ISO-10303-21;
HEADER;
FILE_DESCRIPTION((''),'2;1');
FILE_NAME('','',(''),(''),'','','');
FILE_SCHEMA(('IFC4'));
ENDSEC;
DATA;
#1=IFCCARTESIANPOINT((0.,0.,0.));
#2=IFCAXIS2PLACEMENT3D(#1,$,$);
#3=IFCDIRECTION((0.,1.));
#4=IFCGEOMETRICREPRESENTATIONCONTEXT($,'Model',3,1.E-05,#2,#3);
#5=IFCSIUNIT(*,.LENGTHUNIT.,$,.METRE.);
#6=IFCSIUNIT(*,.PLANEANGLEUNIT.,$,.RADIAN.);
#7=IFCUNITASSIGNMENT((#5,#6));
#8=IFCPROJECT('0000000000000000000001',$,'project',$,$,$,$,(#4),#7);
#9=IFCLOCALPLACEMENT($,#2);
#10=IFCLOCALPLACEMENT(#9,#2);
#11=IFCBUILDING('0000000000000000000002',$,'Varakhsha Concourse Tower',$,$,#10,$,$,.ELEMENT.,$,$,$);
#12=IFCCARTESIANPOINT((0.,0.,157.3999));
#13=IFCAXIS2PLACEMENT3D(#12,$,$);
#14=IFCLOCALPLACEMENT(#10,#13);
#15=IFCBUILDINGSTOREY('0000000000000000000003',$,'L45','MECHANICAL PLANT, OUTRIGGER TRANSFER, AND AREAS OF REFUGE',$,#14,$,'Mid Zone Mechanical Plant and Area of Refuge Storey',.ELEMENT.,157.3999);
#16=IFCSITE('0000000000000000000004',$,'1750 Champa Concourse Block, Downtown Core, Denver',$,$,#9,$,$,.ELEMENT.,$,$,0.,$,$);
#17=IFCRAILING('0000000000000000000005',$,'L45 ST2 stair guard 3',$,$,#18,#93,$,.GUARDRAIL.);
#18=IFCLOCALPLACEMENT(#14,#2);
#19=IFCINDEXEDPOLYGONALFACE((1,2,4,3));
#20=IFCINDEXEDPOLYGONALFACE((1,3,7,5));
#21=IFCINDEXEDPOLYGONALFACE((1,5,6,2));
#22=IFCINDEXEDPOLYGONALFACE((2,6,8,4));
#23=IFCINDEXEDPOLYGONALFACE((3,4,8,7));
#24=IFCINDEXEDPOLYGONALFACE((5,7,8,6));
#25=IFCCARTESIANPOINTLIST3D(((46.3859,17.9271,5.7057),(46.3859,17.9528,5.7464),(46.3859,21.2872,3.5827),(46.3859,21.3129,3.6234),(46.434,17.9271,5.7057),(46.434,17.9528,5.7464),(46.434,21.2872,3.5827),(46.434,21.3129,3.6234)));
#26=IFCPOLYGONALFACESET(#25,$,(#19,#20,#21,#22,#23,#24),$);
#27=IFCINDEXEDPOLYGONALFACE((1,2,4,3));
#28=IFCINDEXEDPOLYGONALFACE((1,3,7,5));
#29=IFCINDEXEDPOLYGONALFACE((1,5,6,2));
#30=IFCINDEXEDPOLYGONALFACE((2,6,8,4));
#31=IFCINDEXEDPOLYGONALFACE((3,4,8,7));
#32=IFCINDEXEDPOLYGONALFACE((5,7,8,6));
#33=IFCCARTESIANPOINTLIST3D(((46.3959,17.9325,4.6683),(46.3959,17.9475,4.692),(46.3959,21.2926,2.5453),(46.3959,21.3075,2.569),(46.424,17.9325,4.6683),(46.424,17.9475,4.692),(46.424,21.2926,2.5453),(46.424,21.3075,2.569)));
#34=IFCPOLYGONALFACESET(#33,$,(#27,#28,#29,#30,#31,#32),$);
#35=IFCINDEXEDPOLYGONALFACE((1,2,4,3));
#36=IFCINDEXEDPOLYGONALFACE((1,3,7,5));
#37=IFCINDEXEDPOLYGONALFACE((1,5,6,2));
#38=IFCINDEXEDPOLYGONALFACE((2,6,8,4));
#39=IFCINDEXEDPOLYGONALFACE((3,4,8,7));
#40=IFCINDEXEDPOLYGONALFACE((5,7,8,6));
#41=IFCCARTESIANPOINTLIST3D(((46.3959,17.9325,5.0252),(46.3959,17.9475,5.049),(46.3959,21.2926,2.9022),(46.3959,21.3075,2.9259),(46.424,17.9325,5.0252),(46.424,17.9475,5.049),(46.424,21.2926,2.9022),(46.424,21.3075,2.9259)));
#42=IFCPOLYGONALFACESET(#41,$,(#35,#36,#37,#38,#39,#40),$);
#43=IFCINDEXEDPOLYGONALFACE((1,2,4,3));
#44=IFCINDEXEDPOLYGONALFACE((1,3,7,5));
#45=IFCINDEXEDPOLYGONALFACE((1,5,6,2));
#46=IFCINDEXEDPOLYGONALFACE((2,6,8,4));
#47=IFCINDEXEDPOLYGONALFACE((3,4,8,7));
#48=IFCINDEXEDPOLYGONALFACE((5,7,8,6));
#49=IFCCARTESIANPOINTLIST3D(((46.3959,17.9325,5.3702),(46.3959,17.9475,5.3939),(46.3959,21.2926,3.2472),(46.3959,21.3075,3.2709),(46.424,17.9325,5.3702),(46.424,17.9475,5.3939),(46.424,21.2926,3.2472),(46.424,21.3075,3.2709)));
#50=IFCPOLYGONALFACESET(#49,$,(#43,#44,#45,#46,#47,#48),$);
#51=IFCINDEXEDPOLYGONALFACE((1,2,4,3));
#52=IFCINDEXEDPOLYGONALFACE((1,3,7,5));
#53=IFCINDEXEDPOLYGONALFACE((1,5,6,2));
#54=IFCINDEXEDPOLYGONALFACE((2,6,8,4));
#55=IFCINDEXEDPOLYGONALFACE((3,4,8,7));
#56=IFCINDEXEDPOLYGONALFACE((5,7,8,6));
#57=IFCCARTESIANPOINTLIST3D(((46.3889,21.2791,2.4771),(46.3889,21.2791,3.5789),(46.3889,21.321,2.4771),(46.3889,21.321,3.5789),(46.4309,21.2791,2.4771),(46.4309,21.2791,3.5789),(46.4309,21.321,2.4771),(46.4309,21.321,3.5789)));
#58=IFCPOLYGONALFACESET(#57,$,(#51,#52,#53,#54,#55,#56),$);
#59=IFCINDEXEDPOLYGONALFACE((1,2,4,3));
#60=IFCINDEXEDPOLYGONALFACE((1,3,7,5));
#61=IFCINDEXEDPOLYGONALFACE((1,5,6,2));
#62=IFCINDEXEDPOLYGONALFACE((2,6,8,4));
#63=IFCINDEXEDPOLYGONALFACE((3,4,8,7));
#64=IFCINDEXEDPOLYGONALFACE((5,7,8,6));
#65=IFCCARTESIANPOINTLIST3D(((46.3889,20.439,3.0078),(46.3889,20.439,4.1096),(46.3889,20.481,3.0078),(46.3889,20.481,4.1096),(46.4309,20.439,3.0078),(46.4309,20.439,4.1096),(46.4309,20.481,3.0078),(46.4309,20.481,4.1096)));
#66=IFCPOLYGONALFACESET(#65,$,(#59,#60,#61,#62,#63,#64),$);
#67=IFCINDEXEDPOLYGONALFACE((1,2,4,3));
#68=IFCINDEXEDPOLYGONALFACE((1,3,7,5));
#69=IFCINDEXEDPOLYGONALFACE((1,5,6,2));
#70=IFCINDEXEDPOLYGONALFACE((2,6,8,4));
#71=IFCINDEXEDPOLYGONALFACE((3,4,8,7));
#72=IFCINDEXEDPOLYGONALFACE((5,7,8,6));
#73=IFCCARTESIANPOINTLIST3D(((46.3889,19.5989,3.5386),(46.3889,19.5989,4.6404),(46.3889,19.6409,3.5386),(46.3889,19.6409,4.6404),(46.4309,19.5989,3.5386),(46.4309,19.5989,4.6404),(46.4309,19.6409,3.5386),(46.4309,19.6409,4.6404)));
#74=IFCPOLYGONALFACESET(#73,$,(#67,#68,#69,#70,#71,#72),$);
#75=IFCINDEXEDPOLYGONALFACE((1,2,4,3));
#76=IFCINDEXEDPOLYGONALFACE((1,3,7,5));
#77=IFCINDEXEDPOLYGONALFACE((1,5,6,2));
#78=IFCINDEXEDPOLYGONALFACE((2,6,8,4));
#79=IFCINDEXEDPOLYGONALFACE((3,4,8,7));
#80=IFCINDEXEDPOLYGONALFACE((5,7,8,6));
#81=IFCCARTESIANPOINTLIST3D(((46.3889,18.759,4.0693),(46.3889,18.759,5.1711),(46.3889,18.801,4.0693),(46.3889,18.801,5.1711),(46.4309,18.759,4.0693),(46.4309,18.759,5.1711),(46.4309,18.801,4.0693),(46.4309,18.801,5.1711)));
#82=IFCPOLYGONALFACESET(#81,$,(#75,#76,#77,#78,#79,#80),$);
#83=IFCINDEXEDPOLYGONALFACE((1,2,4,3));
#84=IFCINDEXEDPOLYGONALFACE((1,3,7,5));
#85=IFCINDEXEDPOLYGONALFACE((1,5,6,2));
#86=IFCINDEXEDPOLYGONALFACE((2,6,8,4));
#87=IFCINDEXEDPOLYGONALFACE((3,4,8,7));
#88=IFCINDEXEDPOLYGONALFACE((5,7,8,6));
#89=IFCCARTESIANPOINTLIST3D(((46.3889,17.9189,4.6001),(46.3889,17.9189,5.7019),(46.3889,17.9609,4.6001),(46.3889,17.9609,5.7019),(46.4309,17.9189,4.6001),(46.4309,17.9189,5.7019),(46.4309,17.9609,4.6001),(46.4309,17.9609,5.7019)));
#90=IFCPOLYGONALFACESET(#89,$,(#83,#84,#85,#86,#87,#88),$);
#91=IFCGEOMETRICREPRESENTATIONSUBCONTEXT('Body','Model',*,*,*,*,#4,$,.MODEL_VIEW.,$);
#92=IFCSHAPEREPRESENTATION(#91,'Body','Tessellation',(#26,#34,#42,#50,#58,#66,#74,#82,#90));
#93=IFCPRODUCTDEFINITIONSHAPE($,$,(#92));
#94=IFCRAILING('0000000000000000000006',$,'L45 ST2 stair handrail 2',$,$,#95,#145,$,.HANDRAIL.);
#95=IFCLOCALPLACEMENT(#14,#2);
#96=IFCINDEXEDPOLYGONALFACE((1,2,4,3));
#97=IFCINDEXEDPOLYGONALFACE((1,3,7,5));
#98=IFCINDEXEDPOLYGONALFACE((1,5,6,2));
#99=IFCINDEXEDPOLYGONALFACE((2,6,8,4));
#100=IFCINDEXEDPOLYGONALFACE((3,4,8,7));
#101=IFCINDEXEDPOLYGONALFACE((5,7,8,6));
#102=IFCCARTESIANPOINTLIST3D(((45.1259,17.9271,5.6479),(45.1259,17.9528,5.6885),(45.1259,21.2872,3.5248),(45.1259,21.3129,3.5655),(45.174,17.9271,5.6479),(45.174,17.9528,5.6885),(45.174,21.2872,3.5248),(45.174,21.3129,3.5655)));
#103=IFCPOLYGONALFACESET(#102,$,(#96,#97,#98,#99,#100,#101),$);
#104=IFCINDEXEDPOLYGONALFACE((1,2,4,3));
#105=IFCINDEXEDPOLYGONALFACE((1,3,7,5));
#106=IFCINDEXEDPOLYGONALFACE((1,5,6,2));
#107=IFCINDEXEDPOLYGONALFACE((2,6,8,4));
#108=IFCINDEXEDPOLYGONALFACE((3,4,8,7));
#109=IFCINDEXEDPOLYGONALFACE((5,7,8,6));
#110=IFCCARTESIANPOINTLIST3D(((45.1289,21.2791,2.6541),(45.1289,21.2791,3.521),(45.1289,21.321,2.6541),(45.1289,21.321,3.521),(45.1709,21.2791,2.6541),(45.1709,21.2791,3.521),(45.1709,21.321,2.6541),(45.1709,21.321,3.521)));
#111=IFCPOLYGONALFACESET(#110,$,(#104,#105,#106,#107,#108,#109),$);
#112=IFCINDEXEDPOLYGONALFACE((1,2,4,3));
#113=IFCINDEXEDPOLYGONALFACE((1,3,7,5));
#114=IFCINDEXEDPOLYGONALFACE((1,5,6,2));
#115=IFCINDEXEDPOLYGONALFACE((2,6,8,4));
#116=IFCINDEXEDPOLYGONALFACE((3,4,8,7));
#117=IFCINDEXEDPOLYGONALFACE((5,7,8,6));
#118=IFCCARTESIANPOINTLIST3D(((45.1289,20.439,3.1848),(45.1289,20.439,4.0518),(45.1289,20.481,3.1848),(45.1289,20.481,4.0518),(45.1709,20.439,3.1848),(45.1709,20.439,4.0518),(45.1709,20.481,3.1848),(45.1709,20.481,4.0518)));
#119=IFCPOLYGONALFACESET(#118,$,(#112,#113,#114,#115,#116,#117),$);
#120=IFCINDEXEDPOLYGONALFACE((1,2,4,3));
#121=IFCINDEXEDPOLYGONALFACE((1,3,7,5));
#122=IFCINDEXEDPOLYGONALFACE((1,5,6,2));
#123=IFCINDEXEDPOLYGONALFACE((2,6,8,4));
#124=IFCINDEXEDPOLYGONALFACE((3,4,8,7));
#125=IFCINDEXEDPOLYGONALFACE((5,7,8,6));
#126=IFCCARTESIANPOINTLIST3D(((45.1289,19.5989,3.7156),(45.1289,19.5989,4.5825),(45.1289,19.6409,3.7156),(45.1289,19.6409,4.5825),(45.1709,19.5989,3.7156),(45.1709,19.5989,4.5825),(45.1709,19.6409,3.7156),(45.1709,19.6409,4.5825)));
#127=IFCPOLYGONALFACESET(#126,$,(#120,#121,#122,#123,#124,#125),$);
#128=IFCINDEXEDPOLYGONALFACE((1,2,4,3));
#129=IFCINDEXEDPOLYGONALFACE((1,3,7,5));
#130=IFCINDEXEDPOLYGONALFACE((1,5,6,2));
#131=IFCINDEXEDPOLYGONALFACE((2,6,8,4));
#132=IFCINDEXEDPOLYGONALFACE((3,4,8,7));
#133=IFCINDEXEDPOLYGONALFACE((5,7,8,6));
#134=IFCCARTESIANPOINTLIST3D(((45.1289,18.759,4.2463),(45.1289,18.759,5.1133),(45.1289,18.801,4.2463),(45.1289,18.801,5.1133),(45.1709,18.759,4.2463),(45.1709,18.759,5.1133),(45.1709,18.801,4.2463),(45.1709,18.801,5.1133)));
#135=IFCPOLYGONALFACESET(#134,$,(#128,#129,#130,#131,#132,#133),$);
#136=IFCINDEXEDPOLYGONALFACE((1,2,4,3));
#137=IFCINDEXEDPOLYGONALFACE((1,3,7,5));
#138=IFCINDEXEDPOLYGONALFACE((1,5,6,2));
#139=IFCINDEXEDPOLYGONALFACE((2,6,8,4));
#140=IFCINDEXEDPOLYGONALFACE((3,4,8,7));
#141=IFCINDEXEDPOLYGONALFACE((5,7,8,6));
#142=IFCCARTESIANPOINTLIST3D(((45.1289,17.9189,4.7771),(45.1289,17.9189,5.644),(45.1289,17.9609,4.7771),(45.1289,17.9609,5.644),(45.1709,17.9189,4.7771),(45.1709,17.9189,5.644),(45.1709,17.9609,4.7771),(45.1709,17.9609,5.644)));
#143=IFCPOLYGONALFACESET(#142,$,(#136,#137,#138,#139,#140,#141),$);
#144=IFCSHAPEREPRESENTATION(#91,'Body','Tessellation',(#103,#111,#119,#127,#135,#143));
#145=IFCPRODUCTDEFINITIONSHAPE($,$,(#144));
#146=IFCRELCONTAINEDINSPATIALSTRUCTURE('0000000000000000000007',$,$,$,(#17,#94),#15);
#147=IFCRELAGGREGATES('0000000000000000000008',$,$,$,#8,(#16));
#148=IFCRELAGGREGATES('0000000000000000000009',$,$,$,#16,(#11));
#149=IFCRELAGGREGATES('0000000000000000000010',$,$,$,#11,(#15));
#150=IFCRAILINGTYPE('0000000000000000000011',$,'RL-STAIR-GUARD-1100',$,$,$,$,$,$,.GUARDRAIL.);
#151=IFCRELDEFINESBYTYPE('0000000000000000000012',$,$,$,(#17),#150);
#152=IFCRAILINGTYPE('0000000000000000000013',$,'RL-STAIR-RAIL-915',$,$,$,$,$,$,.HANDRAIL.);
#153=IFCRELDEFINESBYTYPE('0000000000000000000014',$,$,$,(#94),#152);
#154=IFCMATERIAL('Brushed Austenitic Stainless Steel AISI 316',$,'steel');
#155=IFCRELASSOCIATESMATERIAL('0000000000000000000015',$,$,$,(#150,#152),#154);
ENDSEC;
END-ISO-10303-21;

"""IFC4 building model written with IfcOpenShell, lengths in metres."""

from ifc_helpers import new_model, si_unit, direction, frame, origin, origin_2d, place, context, subcontext, project, spatial, rectangle, extrude, material, type_object, element, save


model = new_model("IFC4")

# Units and contexts
model_context = context("Model", 3, precision=1e-05, world=origin(), true_north=direction((0.0, 1.0)))
body_context = subcontext(model_context, "Body", "Model", "MODEL_VIEW")
ifc_project = project(units=[si_unit("LENGTHUNIT", "METRE"), si_unit("PLANEANGLEUNIT", "RADIAN")], contexts=[model_context])

# Site, building, storey
site_placement = place(None, origin())
site = spatial("IfcSite", under=ifc_project, at=site_placement, Name="1750 Champa Concourse Block, Downtown Core, Denver", CompositionType="ELEMENT", RefElevation=0.0)
building_placement = place(site_placement, origin())
building = spatial("IfcBuilding", under=site, at=building_placement, Name="Varakhsha Concourse Tower", CompositionType="ELEMENT")
storey_placement = place(building_placement, frame((0.0, 0.0, 157.3999)))
storey = spatial("IfcBuildingStorey", under=building, at=storey_placement, Name="L45", Description="MECHANICAL PLANT, OUTRIGGER TRANSFER, AND AREAS OF REFUGE", LongName="Mid Zone Mechanical Plant and Area of Refuge Storey", CompositionType="ELEMENT", Elevation=157.3999)

# Railings
ifc_material_1 = material(Name="Brushed Austenitic Stainless Steel AISI 316", Category="steel")
railing_type_1 = type_object("IfcRailingType", Name="RL-STAIR-GUARD-1100", PredefinedType="GUARDRAIL", material=ifc_material_1)
railing_1_placement = place(storey_placement, frame((46.4099, 21.3, 2.4771)))
element("IfcRailing", 1, at=railing_1_placement, inside=storey, type_object=railing_type_1, Name="L45 ST2 stair guard 3", PredefinedType="GUARDRAIL", context=body_context, shape_type="SweptSolid", body=[
    extrude(rectangle(XDim=0.0481, YDim=0.0481, at=origin_2d()), frame((0.0, 0.0, 1.126), z_axis=(0.0, -0.84539, 0.53415), x_axis=(1.0, 0.0, 0.0)), (0.0, 0.0, 1.0), 3.9746),
    extrude(rectangle(XDim=0.0281, YDim=0.0281, at=origin_2d()), frame((0.0, 0.0, 0.0801), z_axis=(0.0, -0.84539, 0.53415), x_axis=(1.0, 0.0, 0.0)), (0.0, 0.0, 1.0), 3.9746),
    extrude(rectangle(XDim=0.0281, YDim=0.0281, at=origin_2d()), frame((0.0, 0.0, 0.437), z_axis=(0.0, -0.84539, 0.53415), x_axis=(1.0, 0.0, 0.0)), (0.0, 0.0, 1.0), 3.9746),
    extrude(rectangle(XDim=0.0281, YDim=0.0281, at=origin_2d()), frame((0.0, 0.0, 0.782), z_axis=(0.0, -0.84539, 0.53415), x_axis=(1.0, 0.0, 0.0)), (0.0, 0.0, 1.0), 3.9746),
    extrude(rectangle(XDim=0.042, YDim=0.042, at=origin_2d()), origin(), (0.0, 0.0, 1.0), 1.1018),
    extrude(rectangle(XDim=0.042, YDim=0.042, at=origin_2d()), frame((0.0, -0.8401, 0.5308)), (0.0, 0.0, 1.0), 1.1018),
    extrude(rectangle(XDim=0.042, YDim=0.042, at=origin_2d()), frame((0.0, -1.6802, 1.0615)), (0.0, 0.0, 1.0), 1.1018),
    extrude(rectangle(XDim=0.042, YDim=0.042, at=origin_2d()), frame((0.0, -2.52, 1.5923)), (0.0, 0.0, 1.0), 1.1018),
    extrude(rectangle(XDim=0.042, YDim=0.042, at=origin_2d()), frame((0.0, -3.3601, 2.123)), (0.0, 0.0, 1.0), 1.1018),
])
railing_type_2 = type_object("IfcRailingType", Name="RL-STAIR-RAIL-915", PredefinedType="HANDRAIL", material=ifc_material_1)
railing_2_placement = place(storey_placement, frame((45.1499, 21.3, 2.6541)))
element("IfcRailing", 2, at=railing_2_placement, inside=storey, type_object=railing_type_2, Name="L45 ST2 stair handrail 2", PredefinedType="HANDRAIL", context=body_context, shape_type="SweptSolid", body=[
    extrude(rectangle(XDim=0.0481, YDim=0.0481, at=origin_2d()), frame((0.0, 0.0, 0.8911), z_axis=(0.0, -0.84539, 0.53415), x_axis=(1.0, 0.0, 0.0)), (0.0, 0.0, 1.0), 3.9746),
    extrude(rectangle(XDim=0.042, YDim=0.042, at=origin_2d()), origin(), (0.0, 0.0, 1.0), 0.8669),
    extrude(rectangle(XDim=0.042, YDim=0.042, at=origin_2d()), frame((0.0, -0.8401, 0.5308)), (0.0, 0.0, 1.0), 0.8669),
    extrude(rectangle(XDim=0.042, YDim=0.042, at=origin_2d()), frame((0.0, -1.6802, 1.0615)), (0.0, 0.0, 1.0), 0.8669),
    extrude(rectangle(XDim=0.042, YDim=0.042, at=origin_2d()), frame((0.0, -2.52, 1.5923)), (0.0, 0.0, 1.0), 0.8669),
    extrude(rectangle(XDim=0.042, YDim=0.042, at=origin_2d()), frame((0.0, -3.3601, 2.123)), (0.0, 0.0, 1.0), 0.8669),
])

save(model, "model.ifc")
